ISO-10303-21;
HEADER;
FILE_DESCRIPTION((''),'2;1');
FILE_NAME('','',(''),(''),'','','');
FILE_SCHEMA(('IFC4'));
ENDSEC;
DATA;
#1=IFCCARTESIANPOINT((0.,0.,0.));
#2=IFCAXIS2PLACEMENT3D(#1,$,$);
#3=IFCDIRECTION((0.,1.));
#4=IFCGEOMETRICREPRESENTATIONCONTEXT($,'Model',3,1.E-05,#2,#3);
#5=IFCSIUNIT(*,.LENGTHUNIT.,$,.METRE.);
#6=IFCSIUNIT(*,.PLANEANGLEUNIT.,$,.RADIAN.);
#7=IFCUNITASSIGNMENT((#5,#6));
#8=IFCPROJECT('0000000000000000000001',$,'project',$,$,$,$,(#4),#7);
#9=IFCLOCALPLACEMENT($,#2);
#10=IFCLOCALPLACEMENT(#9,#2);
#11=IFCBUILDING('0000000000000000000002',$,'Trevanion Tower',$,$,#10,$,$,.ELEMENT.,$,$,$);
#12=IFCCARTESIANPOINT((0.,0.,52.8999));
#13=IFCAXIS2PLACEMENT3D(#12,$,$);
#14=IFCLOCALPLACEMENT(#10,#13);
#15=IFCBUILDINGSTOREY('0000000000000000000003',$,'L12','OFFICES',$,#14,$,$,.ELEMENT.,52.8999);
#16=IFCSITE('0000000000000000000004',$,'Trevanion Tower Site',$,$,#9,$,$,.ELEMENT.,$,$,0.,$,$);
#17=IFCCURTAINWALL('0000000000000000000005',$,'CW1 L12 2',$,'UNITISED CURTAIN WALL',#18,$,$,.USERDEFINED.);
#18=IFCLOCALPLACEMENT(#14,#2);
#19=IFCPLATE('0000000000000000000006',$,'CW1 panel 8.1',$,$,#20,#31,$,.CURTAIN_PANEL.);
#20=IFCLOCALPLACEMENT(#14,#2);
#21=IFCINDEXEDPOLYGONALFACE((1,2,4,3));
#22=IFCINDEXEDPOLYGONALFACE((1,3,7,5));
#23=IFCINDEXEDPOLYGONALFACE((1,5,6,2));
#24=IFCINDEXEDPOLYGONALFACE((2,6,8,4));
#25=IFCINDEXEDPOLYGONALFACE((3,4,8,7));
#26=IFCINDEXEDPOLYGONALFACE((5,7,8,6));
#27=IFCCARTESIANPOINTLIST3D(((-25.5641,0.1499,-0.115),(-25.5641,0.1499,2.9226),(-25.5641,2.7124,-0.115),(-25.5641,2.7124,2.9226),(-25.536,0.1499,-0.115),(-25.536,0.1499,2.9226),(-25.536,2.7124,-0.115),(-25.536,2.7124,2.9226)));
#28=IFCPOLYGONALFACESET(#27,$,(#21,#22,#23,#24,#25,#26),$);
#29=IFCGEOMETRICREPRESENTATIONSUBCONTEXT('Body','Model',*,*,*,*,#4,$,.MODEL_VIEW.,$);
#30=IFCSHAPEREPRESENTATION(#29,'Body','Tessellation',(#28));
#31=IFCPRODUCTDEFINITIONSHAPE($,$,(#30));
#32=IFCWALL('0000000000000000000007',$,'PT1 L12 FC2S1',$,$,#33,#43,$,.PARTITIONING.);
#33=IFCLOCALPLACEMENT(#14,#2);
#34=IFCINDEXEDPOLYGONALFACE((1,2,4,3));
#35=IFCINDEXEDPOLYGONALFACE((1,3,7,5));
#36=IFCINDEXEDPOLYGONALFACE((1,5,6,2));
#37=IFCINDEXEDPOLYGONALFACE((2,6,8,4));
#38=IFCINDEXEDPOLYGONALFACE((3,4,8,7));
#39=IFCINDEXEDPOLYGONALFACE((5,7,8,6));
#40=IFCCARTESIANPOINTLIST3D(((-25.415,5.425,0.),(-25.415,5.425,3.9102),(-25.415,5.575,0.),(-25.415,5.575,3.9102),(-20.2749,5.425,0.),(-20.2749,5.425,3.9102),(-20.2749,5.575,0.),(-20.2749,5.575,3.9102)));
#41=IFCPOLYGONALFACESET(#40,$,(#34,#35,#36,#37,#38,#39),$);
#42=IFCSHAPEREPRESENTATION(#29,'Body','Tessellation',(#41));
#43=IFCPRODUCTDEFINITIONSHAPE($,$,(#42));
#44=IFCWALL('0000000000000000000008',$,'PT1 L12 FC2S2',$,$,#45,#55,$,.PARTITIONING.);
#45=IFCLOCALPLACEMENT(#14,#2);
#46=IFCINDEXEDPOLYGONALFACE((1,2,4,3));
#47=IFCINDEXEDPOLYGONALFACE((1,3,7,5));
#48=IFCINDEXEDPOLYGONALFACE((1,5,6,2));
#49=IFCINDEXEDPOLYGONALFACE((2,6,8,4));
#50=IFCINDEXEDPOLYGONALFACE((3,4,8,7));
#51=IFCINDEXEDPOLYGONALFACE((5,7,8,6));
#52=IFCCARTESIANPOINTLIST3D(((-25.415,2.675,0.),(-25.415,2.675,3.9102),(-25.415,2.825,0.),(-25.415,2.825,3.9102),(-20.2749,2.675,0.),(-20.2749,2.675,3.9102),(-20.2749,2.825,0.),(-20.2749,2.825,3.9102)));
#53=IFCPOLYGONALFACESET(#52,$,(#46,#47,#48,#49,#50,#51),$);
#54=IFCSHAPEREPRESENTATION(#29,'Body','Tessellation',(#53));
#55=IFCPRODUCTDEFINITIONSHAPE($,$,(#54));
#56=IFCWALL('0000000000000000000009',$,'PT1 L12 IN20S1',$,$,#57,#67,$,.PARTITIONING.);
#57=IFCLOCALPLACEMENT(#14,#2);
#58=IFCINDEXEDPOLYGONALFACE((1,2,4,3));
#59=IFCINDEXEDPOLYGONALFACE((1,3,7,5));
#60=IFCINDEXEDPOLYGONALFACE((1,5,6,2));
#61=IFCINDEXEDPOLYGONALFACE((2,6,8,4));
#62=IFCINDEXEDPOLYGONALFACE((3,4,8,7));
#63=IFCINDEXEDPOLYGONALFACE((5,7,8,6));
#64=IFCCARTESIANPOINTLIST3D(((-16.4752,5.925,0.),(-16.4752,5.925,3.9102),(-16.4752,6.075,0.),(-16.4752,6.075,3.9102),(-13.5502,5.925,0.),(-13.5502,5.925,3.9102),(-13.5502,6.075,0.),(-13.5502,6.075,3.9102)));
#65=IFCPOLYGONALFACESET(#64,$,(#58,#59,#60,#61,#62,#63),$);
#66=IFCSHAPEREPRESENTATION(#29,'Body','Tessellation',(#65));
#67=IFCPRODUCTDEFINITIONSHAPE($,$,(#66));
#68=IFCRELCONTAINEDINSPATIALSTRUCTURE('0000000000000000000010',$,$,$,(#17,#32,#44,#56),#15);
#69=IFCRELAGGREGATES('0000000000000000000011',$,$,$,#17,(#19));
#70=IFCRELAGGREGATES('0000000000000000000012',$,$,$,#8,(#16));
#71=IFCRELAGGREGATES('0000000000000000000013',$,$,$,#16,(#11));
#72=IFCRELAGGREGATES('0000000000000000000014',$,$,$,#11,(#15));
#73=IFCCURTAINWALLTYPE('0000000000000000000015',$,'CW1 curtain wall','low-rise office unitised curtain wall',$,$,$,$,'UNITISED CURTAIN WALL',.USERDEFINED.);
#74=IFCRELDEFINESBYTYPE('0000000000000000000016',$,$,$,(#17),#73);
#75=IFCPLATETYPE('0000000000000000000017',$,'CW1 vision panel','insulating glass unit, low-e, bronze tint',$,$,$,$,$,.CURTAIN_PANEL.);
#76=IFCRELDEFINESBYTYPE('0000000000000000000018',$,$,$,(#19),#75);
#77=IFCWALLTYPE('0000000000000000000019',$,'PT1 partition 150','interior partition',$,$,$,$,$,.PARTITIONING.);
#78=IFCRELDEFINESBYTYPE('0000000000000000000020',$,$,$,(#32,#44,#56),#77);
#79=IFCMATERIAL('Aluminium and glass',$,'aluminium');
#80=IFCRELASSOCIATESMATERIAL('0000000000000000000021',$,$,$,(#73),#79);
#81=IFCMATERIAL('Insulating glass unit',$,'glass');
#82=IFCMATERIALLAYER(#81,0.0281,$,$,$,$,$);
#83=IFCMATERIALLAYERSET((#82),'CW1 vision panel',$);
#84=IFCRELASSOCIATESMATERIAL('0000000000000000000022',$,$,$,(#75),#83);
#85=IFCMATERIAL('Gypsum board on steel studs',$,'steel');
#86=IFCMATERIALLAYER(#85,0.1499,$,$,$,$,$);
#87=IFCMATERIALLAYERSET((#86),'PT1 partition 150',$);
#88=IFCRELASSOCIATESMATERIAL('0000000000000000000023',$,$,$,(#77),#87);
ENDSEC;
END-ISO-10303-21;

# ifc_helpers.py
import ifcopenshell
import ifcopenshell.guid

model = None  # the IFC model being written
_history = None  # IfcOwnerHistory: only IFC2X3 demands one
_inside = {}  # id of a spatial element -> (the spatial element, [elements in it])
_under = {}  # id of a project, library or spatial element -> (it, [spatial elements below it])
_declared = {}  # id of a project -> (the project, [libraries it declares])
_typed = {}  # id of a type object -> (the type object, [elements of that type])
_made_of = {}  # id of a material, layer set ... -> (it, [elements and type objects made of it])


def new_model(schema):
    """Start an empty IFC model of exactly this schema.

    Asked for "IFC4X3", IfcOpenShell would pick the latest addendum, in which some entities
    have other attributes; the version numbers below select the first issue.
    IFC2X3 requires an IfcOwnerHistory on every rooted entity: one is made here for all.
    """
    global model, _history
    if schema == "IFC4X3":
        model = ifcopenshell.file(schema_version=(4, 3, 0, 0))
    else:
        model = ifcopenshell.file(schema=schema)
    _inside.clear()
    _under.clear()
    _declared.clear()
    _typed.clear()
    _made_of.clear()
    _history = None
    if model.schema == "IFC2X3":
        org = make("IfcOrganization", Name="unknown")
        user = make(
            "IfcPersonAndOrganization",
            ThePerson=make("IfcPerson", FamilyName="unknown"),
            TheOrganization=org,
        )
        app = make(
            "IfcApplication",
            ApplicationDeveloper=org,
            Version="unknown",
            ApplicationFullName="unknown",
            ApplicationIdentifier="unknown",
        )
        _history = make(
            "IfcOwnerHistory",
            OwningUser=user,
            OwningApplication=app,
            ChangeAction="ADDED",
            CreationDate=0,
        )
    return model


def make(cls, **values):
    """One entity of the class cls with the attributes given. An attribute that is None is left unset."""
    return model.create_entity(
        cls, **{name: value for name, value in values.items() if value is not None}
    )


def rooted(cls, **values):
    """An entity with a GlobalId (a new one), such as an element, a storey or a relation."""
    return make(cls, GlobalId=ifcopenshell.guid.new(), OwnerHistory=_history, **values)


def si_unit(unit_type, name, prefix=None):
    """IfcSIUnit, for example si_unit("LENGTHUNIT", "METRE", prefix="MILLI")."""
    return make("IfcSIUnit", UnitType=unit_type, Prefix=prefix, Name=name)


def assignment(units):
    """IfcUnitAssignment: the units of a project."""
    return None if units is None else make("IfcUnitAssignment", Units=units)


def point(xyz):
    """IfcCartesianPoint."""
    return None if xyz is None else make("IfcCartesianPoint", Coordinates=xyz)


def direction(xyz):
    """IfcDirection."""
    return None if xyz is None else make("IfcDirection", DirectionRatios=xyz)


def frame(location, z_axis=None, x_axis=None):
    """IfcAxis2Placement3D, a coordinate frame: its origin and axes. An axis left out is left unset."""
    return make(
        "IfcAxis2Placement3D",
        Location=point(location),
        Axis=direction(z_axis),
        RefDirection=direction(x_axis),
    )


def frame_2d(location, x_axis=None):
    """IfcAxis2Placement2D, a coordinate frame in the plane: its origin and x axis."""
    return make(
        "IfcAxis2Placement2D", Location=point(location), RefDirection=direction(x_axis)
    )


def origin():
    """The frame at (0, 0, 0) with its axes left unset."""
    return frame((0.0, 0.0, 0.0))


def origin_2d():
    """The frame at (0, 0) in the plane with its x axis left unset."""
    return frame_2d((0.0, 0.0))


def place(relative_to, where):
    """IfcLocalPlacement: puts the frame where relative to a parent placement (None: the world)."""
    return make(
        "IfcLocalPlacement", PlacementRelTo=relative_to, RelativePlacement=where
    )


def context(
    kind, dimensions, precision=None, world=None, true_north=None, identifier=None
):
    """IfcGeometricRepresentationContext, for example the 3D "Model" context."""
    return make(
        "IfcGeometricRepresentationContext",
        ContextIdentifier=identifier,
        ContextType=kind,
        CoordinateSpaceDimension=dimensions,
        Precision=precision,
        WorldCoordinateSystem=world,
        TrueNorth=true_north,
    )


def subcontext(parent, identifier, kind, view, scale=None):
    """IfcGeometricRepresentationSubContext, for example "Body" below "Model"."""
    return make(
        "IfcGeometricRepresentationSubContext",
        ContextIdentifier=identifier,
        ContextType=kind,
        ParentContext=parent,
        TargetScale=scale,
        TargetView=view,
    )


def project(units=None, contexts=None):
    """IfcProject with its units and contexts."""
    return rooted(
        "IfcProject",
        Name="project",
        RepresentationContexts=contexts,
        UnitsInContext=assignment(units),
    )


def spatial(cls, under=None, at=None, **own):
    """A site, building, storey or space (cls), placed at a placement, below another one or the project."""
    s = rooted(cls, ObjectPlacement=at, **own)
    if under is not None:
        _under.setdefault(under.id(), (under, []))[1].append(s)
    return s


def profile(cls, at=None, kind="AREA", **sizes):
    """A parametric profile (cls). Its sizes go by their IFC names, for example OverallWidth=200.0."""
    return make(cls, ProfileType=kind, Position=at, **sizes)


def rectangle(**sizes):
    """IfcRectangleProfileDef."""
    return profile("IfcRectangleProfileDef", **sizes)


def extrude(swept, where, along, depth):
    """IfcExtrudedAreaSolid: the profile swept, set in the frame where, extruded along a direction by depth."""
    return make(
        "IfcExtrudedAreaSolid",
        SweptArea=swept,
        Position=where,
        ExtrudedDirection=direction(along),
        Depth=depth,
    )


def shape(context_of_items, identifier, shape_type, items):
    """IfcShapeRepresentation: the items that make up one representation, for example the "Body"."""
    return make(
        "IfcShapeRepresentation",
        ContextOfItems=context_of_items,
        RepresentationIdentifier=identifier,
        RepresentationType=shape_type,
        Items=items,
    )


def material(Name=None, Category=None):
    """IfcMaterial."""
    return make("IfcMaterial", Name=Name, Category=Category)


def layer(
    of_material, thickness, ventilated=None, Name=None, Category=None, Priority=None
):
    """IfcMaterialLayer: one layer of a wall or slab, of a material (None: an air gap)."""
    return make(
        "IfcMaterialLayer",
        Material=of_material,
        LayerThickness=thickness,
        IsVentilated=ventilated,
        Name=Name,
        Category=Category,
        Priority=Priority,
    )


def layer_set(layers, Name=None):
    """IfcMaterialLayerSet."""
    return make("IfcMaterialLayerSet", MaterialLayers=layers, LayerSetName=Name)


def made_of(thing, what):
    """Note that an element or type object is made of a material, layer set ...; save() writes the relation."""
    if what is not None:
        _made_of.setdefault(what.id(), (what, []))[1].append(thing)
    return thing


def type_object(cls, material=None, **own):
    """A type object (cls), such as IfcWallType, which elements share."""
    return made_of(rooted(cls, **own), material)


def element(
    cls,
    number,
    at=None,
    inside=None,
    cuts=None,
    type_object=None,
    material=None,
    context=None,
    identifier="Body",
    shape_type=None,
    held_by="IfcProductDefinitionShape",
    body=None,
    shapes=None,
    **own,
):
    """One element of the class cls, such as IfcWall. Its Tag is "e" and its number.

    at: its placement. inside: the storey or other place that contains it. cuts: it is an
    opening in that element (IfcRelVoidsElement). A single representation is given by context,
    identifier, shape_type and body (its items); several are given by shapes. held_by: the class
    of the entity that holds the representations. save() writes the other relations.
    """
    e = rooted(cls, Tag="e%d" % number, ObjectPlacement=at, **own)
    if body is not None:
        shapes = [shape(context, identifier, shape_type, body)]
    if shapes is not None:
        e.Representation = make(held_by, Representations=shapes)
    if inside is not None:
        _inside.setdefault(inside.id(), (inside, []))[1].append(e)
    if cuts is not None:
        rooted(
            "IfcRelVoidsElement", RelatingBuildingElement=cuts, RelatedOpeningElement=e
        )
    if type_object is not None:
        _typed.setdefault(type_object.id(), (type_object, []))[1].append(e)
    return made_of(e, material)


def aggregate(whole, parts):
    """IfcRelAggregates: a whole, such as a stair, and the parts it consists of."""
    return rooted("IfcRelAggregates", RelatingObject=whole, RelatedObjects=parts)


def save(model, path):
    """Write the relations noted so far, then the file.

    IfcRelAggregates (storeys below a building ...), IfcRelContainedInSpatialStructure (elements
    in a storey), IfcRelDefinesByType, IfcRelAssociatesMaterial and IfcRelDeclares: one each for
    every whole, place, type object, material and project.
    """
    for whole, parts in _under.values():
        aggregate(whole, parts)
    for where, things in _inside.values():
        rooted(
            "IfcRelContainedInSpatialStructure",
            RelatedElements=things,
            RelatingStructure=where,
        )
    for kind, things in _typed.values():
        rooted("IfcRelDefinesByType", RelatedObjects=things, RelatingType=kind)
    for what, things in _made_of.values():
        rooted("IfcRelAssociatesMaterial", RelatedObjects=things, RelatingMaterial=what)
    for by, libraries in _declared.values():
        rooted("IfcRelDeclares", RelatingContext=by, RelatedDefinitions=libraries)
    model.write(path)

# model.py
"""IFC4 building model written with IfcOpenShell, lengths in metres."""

from ifc_helpers import new_model, si_unit, direction, frame, frame_2d, origin, origin_2d, place, context, subcontext, project, spatial, rectangle, extrude, material, layer, layer_set, type_object, element, aggregate, save


model = new_model("IFC4")

# Units and contexts
model_context = context("Model", 3, precision=1e-05, world=origin(), true_north=direction((0.0, 1.0)))
body_context = subcontext(model_context, "Body", "Model", "MODEL_VIEW")
ifc_project = project(units=[si_unit("LENGTHUNIT", "METRE"), si_unit("PLANEANGLEUNIT", "RADIAN")], contexts=[model_context])

# Site, building, storey
site_placement = place(None, origin())
site = spatial("IfcSite", under=ifc_project, at=site_placement, Name="Trevanion Tower Site", CompositionType="ELEMENT", RefElevation=0.0)
building_placement = place(site_placement, origin())
building = spatial("IfcBuilding", under=site, at=building_placement, Name="Trevanion Tower", CompositionType="ELEMENT")
storey_placement = place(building_placement, frame((0.0, 0.0, 52.8999)))
storey = spatial("IfcBuildingStorey", under=building, at=storey_placement, Name="L12", Description="OFFICES", CompositionType="ELEMENT", Elevation=52.8999)

# Curtain wall, plate
ifc_material_1 = material(Name="Aluminium and glass", Category="aluminium")
curtain_wall_type = type_object("IfcCurtainWallType", Name="CW1 curtain wall", Description="low-rise office unitised curtain wall", ElementType="UNITISED CURTAIN WALL", PredefinedType="USERDEFINED", material=ifc_material_1)
curtain_wall_placement = place(storey_placement, origin())
curtain_wall = element("IfcCurtainWall", 1, at=curtain_wall_placement, inside=storey, type_object=curtain_wall_type, Name="CW1 L12 2", ObjectType="UNITISED CURTAIN WALL", PredefinedType="USERDEFINED")
ifc_material_2 = material(Name="Insulating glass unit", Category="glass")
ifc_layer_1 = layer(ifc_material_2, 0.0281)
ifc_layer_set_1 = layer_set([ifc_layer_1], Name="CW1 vision panel")
plate_type_1 = type_object("IfcPlateType", Name="CW1 vision panel", Description="insulating glass unit, low-e, bronze tint", PredefinedType="CURTAIN_PANEL", material=ifc_layer_set_1)
plate_1_placement = place(storey_placement, frame((-25.55, 1.4312, -0.115), z_axis=(0.0, 0.0, 1.0), x_axis=(0.0, -1.0, 0.0)))
plate_1 = element("IfcPlate", 2, at=plate_1_placement, type_object=plate_type_1, Name="CW1 panel 8.1", PredefinedType="CURTAIN_PANEL", context=body_context, shape_type="SweptSolid", body=[
    extrude(rectangle(XDim=2.5625, YDim=0.0281, at=origin_2d()), origin(), (0.0, 0.0, 1.0), 3.0376),
])
aggregate(curtain_wall, [plate_1])

# Walls
ifc_material_3 = material(Name="Gypsum board on steel studs", Category="steel")
ifc_layer_2 = layer(ifc_material_3, 0.1499)
ifc_layer_set_2 = layer_set([ifc_layer_2], Name="PT1 partition 150")
wall_type = type_object("IfcWallType", Name="PT1 partition 150", Description="interior partition", PredefinedType="PARTITIONING", material=ifc_layer_set_2)
for number, where, z_axis, x_axis, name in (
    (3, (-20.2749, 5.5, 0.0), (0.0, 0.0, 1.0), (-1.0, 0.0, 0.0), "PT1 L12 FC2S1"),
    (4, (-20.2749, 2.75, 0.0), (0.0, 0.0, 1.0), (-1.0, 0.0, 0.0), "PT1 L12 FC2S2"),
):
    element("IfcWall", number, at=place(storey_placement, frame(where, z_axis=z_axis, x_axis=x_axis)), inside=storey, type_object=wall_type, Name=name, PredefinedType="PARTITIONING", context=body_context, shape_type="SweptSolid", body=[
        extrude(rectangle(XDim=5.1401, YDim=0.1499, at=frame_2d((2.5701, 0.0))), origin(), (0.0, 0.0, 1.0), 3.9102),
    ])
wall_placement = place(storey_placement, frame((-16.4751, 6.0, 0.0), z_axis=(0.0, 0.0, 1.0), x_axis=(1.0, 0.0, 0.0)))
element("IfcWall", 5, at=wall_placement, inside=storey, type_object=wall_type, Name="PT1 L12 IN20S1", PredefinedType="PARTITIONING", context=body_context, shape_type="SweptSolid", body=[
    extrude(rectangle(XDim=2.925, YDim=0.1499, at=frame_2d((1.4624, 0.0))), origin(), (0.0, 0.0, 1.0), 3.9102),
])

save(model, "model.ifc")
